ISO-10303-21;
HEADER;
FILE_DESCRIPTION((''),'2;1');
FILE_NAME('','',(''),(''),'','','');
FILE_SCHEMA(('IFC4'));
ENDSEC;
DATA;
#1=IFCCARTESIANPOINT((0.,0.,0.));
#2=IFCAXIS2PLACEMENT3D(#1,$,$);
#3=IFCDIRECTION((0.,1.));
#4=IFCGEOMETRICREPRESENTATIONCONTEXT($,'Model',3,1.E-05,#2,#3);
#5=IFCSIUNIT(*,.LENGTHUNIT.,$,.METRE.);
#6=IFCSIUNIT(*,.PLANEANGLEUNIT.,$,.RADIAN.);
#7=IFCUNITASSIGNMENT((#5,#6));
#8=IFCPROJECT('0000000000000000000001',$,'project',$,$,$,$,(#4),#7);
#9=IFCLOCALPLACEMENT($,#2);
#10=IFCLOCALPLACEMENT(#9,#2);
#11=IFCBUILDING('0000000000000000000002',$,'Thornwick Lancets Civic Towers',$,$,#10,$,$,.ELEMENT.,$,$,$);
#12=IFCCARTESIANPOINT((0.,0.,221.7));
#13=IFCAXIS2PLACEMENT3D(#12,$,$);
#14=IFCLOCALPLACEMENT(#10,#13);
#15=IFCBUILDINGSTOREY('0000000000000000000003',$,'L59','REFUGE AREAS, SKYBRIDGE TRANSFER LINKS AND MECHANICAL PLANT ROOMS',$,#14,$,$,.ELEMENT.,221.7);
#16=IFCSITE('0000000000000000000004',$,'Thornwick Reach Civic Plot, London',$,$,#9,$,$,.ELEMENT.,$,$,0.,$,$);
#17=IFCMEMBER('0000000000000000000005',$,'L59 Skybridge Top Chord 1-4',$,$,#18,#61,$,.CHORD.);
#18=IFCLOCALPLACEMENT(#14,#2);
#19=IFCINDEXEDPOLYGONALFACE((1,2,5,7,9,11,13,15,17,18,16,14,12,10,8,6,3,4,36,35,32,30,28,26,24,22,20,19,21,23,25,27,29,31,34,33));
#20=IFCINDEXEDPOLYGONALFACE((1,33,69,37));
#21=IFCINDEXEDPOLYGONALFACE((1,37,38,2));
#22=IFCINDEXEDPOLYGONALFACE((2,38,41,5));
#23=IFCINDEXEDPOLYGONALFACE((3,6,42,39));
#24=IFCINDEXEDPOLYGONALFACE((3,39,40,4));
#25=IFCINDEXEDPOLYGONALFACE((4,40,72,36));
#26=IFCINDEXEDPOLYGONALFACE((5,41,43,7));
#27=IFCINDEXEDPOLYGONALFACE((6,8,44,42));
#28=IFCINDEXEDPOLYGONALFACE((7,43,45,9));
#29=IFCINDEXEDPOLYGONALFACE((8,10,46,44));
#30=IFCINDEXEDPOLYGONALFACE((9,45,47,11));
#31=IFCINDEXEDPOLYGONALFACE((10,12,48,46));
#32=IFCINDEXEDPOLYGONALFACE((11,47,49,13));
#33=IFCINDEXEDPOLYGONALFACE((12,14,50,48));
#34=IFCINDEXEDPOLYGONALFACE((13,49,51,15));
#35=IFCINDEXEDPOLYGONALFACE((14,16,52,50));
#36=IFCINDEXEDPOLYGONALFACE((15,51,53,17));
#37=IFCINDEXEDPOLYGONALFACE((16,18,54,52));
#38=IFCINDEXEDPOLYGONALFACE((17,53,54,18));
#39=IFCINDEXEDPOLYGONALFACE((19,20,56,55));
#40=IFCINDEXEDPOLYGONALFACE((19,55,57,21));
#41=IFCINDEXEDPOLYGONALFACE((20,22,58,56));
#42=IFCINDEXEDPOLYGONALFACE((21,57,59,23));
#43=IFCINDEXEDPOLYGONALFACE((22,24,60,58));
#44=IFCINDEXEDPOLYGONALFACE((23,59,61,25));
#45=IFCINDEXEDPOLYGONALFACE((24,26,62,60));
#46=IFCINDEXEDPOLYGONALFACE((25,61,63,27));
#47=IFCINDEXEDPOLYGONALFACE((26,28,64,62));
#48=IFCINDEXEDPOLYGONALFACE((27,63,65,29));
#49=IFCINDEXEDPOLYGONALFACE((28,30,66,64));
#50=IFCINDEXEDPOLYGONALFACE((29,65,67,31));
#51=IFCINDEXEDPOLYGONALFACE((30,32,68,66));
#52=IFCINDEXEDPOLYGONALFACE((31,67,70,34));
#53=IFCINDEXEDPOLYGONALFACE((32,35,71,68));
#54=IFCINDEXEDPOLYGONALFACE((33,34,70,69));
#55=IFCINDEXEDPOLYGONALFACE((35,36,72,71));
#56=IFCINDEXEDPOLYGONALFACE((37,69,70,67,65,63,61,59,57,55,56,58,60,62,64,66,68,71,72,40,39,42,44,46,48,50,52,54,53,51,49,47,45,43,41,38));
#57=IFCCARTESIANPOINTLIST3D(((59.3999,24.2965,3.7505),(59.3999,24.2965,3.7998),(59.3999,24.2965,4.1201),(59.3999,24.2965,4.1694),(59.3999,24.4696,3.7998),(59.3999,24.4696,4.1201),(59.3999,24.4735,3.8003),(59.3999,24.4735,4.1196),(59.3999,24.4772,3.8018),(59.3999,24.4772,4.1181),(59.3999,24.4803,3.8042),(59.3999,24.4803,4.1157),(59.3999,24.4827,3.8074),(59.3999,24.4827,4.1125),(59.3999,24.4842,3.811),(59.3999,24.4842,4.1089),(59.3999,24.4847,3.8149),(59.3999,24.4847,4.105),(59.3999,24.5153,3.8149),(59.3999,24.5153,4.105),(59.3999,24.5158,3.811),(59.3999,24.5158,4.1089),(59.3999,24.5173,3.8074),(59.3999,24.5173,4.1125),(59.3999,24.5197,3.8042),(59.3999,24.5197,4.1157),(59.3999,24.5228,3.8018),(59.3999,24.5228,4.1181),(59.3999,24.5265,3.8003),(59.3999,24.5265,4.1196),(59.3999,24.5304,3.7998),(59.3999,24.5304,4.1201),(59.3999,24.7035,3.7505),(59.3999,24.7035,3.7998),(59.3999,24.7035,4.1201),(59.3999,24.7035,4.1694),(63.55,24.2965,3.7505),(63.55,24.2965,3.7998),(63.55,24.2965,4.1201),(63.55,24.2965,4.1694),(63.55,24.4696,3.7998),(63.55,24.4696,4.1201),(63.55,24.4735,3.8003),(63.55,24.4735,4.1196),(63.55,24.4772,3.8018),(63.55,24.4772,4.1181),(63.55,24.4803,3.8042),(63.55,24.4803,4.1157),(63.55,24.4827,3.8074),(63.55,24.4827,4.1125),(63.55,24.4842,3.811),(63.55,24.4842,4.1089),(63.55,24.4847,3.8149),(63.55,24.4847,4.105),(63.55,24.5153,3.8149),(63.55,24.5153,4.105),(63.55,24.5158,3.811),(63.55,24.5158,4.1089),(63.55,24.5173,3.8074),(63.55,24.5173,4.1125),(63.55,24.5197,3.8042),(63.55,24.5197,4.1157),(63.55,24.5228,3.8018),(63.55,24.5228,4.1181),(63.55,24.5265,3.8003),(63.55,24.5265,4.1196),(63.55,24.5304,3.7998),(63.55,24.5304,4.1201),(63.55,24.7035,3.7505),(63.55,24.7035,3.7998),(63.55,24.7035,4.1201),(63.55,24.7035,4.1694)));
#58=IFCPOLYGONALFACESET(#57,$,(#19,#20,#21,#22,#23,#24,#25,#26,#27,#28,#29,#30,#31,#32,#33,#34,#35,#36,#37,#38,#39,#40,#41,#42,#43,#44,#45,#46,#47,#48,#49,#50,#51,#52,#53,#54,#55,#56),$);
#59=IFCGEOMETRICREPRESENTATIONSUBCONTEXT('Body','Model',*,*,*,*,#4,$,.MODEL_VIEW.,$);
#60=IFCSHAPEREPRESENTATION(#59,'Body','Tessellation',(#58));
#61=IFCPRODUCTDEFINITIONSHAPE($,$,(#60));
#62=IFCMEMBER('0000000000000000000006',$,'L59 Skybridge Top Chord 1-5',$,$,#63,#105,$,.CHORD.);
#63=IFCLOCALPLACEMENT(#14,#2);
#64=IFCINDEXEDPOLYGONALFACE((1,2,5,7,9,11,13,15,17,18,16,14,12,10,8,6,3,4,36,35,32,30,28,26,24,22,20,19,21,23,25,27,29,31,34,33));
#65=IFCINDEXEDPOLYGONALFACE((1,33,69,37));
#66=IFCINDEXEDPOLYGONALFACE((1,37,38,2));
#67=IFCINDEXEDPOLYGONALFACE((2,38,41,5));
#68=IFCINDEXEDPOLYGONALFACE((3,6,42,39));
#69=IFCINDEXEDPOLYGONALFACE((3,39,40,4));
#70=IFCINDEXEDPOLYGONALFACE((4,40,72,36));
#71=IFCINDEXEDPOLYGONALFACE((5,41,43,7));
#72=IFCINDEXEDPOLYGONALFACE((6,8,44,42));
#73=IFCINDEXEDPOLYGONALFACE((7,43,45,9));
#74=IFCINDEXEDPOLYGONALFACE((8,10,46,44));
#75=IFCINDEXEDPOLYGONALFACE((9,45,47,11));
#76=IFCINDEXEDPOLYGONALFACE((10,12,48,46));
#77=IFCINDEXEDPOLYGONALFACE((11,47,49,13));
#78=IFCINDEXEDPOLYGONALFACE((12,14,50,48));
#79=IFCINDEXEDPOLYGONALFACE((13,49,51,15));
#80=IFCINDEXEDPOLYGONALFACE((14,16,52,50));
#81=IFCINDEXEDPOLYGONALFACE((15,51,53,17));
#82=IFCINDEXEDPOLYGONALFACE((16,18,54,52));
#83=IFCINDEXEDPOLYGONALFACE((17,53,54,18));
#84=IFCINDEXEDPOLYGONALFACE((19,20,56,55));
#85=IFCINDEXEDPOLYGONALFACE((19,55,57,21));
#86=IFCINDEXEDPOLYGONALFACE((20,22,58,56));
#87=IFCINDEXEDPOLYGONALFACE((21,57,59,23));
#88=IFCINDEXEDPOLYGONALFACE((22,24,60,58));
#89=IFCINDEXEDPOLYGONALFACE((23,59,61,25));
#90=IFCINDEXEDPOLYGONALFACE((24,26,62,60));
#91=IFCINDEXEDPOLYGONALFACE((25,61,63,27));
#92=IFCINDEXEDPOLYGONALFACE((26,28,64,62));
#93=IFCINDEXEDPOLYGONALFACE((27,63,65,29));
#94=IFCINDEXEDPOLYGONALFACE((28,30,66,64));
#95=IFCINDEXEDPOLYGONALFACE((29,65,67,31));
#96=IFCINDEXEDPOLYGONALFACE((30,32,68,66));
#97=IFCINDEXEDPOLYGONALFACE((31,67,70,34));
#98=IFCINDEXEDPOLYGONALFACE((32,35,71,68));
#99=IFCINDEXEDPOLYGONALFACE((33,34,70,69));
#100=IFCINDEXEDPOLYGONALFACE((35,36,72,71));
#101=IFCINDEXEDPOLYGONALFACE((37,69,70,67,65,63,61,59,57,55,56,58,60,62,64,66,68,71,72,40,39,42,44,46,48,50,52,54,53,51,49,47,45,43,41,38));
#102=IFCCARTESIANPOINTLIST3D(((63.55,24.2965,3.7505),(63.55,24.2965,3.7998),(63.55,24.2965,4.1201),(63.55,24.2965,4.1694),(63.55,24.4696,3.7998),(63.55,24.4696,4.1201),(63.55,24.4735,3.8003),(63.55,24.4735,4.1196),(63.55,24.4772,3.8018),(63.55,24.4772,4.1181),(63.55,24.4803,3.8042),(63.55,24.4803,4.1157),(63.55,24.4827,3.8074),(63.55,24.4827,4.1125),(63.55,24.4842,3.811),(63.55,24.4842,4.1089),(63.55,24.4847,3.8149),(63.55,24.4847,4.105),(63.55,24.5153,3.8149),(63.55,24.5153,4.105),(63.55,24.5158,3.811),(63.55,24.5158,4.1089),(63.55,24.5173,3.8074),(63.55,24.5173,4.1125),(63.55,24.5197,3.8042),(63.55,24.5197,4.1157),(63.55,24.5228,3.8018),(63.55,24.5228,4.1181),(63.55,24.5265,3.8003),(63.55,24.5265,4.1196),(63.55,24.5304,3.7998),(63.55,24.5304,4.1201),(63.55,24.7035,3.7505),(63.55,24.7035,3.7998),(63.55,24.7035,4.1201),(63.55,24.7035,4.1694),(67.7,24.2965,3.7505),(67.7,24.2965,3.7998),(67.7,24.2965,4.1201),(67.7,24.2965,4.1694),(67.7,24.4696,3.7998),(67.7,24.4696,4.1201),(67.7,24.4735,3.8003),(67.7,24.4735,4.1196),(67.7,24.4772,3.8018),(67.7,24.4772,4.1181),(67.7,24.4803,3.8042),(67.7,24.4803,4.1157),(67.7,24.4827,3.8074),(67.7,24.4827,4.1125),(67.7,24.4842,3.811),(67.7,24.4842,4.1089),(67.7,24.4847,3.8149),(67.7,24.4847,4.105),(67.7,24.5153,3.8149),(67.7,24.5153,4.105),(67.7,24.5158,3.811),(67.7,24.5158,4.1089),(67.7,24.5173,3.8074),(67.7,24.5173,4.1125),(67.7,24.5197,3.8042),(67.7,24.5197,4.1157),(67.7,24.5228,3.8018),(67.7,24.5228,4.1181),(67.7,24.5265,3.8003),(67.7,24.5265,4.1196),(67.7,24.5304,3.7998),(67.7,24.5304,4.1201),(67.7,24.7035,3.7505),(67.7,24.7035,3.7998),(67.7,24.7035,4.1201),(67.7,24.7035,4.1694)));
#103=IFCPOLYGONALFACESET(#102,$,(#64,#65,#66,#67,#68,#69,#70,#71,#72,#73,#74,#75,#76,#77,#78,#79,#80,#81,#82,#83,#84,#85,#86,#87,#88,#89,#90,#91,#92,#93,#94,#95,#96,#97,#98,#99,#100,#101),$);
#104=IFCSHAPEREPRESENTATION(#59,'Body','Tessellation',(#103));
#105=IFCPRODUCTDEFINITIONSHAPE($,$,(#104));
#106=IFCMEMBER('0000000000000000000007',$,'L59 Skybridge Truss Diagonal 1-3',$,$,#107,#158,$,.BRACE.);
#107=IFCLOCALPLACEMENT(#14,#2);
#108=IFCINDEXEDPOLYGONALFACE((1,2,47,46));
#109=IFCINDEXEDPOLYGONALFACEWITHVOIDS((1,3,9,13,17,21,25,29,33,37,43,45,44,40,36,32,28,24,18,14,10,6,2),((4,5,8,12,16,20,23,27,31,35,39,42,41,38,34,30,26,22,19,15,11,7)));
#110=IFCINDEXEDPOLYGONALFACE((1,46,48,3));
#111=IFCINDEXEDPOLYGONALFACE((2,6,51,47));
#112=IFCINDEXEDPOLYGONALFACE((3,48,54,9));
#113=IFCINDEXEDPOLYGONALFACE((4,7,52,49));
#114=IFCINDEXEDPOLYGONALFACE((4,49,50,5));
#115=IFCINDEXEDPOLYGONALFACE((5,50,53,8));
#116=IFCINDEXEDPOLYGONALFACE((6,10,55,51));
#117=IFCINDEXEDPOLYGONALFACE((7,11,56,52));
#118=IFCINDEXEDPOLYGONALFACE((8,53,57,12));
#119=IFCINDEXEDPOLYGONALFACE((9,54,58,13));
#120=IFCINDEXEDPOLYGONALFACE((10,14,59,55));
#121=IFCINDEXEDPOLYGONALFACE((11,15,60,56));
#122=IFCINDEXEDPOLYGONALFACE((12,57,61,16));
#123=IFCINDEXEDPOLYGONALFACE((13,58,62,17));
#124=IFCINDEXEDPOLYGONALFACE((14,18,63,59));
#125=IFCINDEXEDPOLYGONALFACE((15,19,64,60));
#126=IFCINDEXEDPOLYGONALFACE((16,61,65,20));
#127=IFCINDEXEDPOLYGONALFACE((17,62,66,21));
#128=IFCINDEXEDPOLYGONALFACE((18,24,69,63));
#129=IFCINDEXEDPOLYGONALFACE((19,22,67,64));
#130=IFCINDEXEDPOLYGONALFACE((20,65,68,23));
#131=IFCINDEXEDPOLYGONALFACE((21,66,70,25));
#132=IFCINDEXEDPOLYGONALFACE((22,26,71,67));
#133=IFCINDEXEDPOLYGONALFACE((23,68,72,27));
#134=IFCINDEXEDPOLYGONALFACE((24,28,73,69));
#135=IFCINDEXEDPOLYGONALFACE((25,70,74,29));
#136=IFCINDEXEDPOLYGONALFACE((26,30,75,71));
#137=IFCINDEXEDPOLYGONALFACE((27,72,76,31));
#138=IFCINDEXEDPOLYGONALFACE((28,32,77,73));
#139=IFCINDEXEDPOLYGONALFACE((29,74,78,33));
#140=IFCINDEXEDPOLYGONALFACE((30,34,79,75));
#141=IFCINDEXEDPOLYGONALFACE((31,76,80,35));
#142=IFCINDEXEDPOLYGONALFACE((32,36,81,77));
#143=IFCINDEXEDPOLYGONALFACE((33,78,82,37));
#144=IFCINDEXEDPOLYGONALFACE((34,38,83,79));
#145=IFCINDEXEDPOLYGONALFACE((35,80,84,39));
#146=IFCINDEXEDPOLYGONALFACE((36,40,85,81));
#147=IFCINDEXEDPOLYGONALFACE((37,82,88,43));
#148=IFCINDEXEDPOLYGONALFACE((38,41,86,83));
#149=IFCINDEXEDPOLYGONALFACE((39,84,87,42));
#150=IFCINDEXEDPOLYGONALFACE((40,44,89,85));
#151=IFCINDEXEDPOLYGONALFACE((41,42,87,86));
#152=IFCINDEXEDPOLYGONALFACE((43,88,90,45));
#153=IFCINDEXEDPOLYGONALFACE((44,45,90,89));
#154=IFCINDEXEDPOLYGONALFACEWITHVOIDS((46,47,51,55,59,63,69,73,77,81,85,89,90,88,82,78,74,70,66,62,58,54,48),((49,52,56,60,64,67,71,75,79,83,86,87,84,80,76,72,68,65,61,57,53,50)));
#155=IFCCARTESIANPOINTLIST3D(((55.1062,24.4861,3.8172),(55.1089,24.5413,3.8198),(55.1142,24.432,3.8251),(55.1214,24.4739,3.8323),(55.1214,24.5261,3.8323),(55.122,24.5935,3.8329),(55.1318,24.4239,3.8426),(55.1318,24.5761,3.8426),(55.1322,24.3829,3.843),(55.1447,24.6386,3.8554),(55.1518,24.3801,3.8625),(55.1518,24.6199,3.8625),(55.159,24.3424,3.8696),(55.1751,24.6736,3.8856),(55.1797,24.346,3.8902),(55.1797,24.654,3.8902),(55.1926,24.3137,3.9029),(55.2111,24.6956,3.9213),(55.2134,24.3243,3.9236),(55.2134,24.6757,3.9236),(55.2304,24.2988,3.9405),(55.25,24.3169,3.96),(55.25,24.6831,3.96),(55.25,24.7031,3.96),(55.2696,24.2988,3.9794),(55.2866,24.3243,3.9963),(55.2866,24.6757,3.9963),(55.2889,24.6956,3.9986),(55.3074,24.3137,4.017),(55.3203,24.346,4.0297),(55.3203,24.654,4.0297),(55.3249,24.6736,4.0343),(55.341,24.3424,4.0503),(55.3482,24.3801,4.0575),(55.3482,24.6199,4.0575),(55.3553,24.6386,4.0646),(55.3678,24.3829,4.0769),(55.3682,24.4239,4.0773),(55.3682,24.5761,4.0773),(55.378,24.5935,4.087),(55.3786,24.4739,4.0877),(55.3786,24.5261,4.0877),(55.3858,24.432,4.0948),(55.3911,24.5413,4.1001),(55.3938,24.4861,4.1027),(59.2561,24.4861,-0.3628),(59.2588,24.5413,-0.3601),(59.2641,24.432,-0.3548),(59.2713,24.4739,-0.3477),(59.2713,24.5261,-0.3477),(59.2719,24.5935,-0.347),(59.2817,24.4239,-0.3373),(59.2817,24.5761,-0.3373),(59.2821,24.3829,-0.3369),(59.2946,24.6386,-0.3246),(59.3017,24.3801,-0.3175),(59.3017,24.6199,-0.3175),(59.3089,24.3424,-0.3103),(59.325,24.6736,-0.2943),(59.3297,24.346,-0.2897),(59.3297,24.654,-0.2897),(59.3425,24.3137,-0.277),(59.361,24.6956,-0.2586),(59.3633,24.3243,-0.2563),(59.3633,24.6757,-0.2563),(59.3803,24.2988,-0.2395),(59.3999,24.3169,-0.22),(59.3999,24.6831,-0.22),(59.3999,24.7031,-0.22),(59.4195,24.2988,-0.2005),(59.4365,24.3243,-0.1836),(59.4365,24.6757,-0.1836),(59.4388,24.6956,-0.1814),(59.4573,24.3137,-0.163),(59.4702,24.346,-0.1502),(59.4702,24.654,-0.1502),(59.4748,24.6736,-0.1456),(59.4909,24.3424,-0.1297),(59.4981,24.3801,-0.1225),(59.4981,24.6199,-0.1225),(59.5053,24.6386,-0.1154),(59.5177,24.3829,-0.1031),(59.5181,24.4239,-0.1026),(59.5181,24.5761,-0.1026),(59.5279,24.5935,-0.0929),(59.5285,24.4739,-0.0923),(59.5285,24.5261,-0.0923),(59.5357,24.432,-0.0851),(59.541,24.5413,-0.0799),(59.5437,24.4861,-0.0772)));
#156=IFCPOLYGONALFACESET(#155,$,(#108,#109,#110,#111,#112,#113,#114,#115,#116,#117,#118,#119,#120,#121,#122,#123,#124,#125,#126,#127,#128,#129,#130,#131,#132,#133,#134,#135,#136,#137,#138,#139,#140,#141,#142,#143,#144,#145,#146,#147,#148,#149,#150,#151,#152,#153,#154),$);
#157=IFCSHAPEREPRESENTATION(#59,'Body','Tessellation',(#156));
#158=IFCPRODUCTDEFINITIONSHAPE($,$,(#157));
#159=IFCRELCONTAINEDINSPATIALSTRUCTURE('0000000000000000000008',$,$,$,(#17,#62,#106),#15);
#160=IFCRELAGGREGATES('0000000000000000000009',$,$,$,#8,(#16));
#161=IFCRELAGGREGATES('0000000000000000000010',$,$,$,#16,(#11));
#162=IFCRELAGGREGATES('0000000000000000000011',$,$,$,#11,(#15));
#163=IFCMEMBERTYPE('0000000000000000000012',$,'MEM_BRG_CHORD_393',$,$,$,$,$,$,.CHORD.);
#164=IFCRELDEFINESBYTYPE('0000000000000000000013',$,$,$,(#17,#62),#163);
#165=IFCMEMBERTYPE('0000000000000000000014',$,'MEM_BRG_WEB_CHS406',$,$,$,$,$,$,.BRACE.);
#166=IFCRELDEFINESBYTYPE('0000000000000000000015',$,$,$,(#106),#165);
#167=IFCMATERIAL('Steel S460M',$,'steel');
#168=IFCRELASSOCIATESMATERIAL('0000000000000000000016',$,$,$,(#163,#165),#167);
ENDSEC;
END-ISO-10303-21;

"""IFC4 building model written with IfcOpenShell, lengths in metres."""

from ifc_helpers import new_model, si_unit, direction, frame, origin, origin_2d, place, context, subcontext, project, spatial, hollow_circle, i_section, extrude, material, material_profile, profile_set, type_object, element, save


model = new_model("IFC4")

# Units and contexts
model_context = context("Model", 3, precision=1e-05, world=origin(), true_north=direction((0.0, 1.0)))
body_context = subcontext(model_context, "Body", "Model", "MODEL_VIEW")
ifc_project = project(units=[si_unit("LENGTHUNIT", "METRE"), si_unit("PLANEANGLEUNIT", "RADIAN")], contexts=[model_context])

# Site, building, storey
site_placement = place(None, origin())
site = spatial("IfcSite", under=ifc_project, at=site_placement, Name="Thornwick Reach Civic Plot, London", CompositionType="ELEMENT", RefElevation=0.0)
building_placement = place(site_placement, origin())
building = spatial("IfcBuilding", under=site, at=building_placement, Name="Thornwick Lancets Civic Towers", CompositionType="ELEMENT")
storey_placement = place(building_placement, frame((0.0, 0.0, 221.7)))
storey = spatial("IfcBuildingStorey", under=building, at=storey_placement, Name="L59", Description="REFUGE AREAS, SKYBRIDGE TRANSFER LINKS AND MECHANICAL PLANT ROOMS", CompositionType="ELEMENT", Elevation=221.7)

# Members
ifc_material_1 = material(Name="Steel S460M", Category="steel")
ifc_material_profile_1 = material_profile(ifc_material_1, i_section(OverallWidth=0.407, OverallDepth=0.4189, WebThickness=0.0305, FlangeThickness=0.0493, FilletRadius=0.0151, at=origin_2d()), Name="UKC 356x406x393")
ifc_profile_set_1 = profile_set([ifc_material_profile_1], Name="Steel S460M")
member_type_1 = type_object("IfcMemberType", Name="MEM_BRG_CHORD_393", PredefinedType="CHORD", material=ifc_profile_set_1)
member_1_placement = place(storey_placement, frame((59.3999, 24.5, 3.96), z_axis=(1.0, 0.0, 0.0), x_axis=(0.0, 1.0, 0.0)))
element("IfcMember", 1, at=member_1_placement, inside=storey, type_object=member_type_1, Name="L59 Skybridge Top Chord 1-4", PredefinedType="CHORD", context=body_context, shape_type="SweptSolid", body=[
    extrude(i_section(OverallWidth=0.407, OverallDepth=0.4189, WebThickness=0.0305, FlangeThickness=0.0493, FilletRadius=0.0151, at=origin_2d()), origin(), (0.0, 0.0, 1.0), 4.1501),
])
member_2_placement = place(storey_placement, frame((63.55, 24.5, 3.96), z_axis=(1.0, 0.0, 0.0), x_axis=(0.0, 1.0, 0.0)))
element("IfcMember", 2, at=member_2_placement, inside=storey, type_object=member_type_1, Name="L59 Skybridge Top Chord 1-5", PredefinedType="CHORD", context=body_context, shape_type="SweptSolid", body=[
    extrude(i_section(OverallWidth=0.407, OverallDepth=0.4189, WebThickness=0.0305, FlangeThickness=0.0493, FilletRadius=0.0151, at=origin_2d()), origin(), (0.0, 0.0, 1.0), 4.1499),
])
ifc_material_profile_2 = material_profile(ifc_material_1, hollow_circle(Radius=0.2031, WallThickness=0.02, at=origin_2d()), Name="CHS 406.4x20")
ifc_profile_set_2 = profile_set([ifc_material_profile_2], Name="Steel S460M")
member_type_2 = type_object("IfcMemberType", Name="MEM_BRG_WEB_CHS406", PredefinedType="BRACE", material=ifc_profile_set_2)
member_3_placement = place(storey_placement, frame((55.25, 24.5, 3.96), z_axis=(0.704553, 0.0, -0.709651), x_axis=(0.0, 1.0, 0.0)))
element("IfcMember", 3, at=member_3_placement, inside=storey, type_object=member_type_2, Name="L59 Skybridge Truss Diagonal 1-3", PredefinedType="BRACE", context=body_context, shape_type="SweptSolid", body=[
    extrude(hollow_circle(Radius=0.2031, WallThickness=0.02, at=origin_2d()), origin(), (0.0, 0.0, 1.0), 5.8901),
])

save(model, "model.ifc")
